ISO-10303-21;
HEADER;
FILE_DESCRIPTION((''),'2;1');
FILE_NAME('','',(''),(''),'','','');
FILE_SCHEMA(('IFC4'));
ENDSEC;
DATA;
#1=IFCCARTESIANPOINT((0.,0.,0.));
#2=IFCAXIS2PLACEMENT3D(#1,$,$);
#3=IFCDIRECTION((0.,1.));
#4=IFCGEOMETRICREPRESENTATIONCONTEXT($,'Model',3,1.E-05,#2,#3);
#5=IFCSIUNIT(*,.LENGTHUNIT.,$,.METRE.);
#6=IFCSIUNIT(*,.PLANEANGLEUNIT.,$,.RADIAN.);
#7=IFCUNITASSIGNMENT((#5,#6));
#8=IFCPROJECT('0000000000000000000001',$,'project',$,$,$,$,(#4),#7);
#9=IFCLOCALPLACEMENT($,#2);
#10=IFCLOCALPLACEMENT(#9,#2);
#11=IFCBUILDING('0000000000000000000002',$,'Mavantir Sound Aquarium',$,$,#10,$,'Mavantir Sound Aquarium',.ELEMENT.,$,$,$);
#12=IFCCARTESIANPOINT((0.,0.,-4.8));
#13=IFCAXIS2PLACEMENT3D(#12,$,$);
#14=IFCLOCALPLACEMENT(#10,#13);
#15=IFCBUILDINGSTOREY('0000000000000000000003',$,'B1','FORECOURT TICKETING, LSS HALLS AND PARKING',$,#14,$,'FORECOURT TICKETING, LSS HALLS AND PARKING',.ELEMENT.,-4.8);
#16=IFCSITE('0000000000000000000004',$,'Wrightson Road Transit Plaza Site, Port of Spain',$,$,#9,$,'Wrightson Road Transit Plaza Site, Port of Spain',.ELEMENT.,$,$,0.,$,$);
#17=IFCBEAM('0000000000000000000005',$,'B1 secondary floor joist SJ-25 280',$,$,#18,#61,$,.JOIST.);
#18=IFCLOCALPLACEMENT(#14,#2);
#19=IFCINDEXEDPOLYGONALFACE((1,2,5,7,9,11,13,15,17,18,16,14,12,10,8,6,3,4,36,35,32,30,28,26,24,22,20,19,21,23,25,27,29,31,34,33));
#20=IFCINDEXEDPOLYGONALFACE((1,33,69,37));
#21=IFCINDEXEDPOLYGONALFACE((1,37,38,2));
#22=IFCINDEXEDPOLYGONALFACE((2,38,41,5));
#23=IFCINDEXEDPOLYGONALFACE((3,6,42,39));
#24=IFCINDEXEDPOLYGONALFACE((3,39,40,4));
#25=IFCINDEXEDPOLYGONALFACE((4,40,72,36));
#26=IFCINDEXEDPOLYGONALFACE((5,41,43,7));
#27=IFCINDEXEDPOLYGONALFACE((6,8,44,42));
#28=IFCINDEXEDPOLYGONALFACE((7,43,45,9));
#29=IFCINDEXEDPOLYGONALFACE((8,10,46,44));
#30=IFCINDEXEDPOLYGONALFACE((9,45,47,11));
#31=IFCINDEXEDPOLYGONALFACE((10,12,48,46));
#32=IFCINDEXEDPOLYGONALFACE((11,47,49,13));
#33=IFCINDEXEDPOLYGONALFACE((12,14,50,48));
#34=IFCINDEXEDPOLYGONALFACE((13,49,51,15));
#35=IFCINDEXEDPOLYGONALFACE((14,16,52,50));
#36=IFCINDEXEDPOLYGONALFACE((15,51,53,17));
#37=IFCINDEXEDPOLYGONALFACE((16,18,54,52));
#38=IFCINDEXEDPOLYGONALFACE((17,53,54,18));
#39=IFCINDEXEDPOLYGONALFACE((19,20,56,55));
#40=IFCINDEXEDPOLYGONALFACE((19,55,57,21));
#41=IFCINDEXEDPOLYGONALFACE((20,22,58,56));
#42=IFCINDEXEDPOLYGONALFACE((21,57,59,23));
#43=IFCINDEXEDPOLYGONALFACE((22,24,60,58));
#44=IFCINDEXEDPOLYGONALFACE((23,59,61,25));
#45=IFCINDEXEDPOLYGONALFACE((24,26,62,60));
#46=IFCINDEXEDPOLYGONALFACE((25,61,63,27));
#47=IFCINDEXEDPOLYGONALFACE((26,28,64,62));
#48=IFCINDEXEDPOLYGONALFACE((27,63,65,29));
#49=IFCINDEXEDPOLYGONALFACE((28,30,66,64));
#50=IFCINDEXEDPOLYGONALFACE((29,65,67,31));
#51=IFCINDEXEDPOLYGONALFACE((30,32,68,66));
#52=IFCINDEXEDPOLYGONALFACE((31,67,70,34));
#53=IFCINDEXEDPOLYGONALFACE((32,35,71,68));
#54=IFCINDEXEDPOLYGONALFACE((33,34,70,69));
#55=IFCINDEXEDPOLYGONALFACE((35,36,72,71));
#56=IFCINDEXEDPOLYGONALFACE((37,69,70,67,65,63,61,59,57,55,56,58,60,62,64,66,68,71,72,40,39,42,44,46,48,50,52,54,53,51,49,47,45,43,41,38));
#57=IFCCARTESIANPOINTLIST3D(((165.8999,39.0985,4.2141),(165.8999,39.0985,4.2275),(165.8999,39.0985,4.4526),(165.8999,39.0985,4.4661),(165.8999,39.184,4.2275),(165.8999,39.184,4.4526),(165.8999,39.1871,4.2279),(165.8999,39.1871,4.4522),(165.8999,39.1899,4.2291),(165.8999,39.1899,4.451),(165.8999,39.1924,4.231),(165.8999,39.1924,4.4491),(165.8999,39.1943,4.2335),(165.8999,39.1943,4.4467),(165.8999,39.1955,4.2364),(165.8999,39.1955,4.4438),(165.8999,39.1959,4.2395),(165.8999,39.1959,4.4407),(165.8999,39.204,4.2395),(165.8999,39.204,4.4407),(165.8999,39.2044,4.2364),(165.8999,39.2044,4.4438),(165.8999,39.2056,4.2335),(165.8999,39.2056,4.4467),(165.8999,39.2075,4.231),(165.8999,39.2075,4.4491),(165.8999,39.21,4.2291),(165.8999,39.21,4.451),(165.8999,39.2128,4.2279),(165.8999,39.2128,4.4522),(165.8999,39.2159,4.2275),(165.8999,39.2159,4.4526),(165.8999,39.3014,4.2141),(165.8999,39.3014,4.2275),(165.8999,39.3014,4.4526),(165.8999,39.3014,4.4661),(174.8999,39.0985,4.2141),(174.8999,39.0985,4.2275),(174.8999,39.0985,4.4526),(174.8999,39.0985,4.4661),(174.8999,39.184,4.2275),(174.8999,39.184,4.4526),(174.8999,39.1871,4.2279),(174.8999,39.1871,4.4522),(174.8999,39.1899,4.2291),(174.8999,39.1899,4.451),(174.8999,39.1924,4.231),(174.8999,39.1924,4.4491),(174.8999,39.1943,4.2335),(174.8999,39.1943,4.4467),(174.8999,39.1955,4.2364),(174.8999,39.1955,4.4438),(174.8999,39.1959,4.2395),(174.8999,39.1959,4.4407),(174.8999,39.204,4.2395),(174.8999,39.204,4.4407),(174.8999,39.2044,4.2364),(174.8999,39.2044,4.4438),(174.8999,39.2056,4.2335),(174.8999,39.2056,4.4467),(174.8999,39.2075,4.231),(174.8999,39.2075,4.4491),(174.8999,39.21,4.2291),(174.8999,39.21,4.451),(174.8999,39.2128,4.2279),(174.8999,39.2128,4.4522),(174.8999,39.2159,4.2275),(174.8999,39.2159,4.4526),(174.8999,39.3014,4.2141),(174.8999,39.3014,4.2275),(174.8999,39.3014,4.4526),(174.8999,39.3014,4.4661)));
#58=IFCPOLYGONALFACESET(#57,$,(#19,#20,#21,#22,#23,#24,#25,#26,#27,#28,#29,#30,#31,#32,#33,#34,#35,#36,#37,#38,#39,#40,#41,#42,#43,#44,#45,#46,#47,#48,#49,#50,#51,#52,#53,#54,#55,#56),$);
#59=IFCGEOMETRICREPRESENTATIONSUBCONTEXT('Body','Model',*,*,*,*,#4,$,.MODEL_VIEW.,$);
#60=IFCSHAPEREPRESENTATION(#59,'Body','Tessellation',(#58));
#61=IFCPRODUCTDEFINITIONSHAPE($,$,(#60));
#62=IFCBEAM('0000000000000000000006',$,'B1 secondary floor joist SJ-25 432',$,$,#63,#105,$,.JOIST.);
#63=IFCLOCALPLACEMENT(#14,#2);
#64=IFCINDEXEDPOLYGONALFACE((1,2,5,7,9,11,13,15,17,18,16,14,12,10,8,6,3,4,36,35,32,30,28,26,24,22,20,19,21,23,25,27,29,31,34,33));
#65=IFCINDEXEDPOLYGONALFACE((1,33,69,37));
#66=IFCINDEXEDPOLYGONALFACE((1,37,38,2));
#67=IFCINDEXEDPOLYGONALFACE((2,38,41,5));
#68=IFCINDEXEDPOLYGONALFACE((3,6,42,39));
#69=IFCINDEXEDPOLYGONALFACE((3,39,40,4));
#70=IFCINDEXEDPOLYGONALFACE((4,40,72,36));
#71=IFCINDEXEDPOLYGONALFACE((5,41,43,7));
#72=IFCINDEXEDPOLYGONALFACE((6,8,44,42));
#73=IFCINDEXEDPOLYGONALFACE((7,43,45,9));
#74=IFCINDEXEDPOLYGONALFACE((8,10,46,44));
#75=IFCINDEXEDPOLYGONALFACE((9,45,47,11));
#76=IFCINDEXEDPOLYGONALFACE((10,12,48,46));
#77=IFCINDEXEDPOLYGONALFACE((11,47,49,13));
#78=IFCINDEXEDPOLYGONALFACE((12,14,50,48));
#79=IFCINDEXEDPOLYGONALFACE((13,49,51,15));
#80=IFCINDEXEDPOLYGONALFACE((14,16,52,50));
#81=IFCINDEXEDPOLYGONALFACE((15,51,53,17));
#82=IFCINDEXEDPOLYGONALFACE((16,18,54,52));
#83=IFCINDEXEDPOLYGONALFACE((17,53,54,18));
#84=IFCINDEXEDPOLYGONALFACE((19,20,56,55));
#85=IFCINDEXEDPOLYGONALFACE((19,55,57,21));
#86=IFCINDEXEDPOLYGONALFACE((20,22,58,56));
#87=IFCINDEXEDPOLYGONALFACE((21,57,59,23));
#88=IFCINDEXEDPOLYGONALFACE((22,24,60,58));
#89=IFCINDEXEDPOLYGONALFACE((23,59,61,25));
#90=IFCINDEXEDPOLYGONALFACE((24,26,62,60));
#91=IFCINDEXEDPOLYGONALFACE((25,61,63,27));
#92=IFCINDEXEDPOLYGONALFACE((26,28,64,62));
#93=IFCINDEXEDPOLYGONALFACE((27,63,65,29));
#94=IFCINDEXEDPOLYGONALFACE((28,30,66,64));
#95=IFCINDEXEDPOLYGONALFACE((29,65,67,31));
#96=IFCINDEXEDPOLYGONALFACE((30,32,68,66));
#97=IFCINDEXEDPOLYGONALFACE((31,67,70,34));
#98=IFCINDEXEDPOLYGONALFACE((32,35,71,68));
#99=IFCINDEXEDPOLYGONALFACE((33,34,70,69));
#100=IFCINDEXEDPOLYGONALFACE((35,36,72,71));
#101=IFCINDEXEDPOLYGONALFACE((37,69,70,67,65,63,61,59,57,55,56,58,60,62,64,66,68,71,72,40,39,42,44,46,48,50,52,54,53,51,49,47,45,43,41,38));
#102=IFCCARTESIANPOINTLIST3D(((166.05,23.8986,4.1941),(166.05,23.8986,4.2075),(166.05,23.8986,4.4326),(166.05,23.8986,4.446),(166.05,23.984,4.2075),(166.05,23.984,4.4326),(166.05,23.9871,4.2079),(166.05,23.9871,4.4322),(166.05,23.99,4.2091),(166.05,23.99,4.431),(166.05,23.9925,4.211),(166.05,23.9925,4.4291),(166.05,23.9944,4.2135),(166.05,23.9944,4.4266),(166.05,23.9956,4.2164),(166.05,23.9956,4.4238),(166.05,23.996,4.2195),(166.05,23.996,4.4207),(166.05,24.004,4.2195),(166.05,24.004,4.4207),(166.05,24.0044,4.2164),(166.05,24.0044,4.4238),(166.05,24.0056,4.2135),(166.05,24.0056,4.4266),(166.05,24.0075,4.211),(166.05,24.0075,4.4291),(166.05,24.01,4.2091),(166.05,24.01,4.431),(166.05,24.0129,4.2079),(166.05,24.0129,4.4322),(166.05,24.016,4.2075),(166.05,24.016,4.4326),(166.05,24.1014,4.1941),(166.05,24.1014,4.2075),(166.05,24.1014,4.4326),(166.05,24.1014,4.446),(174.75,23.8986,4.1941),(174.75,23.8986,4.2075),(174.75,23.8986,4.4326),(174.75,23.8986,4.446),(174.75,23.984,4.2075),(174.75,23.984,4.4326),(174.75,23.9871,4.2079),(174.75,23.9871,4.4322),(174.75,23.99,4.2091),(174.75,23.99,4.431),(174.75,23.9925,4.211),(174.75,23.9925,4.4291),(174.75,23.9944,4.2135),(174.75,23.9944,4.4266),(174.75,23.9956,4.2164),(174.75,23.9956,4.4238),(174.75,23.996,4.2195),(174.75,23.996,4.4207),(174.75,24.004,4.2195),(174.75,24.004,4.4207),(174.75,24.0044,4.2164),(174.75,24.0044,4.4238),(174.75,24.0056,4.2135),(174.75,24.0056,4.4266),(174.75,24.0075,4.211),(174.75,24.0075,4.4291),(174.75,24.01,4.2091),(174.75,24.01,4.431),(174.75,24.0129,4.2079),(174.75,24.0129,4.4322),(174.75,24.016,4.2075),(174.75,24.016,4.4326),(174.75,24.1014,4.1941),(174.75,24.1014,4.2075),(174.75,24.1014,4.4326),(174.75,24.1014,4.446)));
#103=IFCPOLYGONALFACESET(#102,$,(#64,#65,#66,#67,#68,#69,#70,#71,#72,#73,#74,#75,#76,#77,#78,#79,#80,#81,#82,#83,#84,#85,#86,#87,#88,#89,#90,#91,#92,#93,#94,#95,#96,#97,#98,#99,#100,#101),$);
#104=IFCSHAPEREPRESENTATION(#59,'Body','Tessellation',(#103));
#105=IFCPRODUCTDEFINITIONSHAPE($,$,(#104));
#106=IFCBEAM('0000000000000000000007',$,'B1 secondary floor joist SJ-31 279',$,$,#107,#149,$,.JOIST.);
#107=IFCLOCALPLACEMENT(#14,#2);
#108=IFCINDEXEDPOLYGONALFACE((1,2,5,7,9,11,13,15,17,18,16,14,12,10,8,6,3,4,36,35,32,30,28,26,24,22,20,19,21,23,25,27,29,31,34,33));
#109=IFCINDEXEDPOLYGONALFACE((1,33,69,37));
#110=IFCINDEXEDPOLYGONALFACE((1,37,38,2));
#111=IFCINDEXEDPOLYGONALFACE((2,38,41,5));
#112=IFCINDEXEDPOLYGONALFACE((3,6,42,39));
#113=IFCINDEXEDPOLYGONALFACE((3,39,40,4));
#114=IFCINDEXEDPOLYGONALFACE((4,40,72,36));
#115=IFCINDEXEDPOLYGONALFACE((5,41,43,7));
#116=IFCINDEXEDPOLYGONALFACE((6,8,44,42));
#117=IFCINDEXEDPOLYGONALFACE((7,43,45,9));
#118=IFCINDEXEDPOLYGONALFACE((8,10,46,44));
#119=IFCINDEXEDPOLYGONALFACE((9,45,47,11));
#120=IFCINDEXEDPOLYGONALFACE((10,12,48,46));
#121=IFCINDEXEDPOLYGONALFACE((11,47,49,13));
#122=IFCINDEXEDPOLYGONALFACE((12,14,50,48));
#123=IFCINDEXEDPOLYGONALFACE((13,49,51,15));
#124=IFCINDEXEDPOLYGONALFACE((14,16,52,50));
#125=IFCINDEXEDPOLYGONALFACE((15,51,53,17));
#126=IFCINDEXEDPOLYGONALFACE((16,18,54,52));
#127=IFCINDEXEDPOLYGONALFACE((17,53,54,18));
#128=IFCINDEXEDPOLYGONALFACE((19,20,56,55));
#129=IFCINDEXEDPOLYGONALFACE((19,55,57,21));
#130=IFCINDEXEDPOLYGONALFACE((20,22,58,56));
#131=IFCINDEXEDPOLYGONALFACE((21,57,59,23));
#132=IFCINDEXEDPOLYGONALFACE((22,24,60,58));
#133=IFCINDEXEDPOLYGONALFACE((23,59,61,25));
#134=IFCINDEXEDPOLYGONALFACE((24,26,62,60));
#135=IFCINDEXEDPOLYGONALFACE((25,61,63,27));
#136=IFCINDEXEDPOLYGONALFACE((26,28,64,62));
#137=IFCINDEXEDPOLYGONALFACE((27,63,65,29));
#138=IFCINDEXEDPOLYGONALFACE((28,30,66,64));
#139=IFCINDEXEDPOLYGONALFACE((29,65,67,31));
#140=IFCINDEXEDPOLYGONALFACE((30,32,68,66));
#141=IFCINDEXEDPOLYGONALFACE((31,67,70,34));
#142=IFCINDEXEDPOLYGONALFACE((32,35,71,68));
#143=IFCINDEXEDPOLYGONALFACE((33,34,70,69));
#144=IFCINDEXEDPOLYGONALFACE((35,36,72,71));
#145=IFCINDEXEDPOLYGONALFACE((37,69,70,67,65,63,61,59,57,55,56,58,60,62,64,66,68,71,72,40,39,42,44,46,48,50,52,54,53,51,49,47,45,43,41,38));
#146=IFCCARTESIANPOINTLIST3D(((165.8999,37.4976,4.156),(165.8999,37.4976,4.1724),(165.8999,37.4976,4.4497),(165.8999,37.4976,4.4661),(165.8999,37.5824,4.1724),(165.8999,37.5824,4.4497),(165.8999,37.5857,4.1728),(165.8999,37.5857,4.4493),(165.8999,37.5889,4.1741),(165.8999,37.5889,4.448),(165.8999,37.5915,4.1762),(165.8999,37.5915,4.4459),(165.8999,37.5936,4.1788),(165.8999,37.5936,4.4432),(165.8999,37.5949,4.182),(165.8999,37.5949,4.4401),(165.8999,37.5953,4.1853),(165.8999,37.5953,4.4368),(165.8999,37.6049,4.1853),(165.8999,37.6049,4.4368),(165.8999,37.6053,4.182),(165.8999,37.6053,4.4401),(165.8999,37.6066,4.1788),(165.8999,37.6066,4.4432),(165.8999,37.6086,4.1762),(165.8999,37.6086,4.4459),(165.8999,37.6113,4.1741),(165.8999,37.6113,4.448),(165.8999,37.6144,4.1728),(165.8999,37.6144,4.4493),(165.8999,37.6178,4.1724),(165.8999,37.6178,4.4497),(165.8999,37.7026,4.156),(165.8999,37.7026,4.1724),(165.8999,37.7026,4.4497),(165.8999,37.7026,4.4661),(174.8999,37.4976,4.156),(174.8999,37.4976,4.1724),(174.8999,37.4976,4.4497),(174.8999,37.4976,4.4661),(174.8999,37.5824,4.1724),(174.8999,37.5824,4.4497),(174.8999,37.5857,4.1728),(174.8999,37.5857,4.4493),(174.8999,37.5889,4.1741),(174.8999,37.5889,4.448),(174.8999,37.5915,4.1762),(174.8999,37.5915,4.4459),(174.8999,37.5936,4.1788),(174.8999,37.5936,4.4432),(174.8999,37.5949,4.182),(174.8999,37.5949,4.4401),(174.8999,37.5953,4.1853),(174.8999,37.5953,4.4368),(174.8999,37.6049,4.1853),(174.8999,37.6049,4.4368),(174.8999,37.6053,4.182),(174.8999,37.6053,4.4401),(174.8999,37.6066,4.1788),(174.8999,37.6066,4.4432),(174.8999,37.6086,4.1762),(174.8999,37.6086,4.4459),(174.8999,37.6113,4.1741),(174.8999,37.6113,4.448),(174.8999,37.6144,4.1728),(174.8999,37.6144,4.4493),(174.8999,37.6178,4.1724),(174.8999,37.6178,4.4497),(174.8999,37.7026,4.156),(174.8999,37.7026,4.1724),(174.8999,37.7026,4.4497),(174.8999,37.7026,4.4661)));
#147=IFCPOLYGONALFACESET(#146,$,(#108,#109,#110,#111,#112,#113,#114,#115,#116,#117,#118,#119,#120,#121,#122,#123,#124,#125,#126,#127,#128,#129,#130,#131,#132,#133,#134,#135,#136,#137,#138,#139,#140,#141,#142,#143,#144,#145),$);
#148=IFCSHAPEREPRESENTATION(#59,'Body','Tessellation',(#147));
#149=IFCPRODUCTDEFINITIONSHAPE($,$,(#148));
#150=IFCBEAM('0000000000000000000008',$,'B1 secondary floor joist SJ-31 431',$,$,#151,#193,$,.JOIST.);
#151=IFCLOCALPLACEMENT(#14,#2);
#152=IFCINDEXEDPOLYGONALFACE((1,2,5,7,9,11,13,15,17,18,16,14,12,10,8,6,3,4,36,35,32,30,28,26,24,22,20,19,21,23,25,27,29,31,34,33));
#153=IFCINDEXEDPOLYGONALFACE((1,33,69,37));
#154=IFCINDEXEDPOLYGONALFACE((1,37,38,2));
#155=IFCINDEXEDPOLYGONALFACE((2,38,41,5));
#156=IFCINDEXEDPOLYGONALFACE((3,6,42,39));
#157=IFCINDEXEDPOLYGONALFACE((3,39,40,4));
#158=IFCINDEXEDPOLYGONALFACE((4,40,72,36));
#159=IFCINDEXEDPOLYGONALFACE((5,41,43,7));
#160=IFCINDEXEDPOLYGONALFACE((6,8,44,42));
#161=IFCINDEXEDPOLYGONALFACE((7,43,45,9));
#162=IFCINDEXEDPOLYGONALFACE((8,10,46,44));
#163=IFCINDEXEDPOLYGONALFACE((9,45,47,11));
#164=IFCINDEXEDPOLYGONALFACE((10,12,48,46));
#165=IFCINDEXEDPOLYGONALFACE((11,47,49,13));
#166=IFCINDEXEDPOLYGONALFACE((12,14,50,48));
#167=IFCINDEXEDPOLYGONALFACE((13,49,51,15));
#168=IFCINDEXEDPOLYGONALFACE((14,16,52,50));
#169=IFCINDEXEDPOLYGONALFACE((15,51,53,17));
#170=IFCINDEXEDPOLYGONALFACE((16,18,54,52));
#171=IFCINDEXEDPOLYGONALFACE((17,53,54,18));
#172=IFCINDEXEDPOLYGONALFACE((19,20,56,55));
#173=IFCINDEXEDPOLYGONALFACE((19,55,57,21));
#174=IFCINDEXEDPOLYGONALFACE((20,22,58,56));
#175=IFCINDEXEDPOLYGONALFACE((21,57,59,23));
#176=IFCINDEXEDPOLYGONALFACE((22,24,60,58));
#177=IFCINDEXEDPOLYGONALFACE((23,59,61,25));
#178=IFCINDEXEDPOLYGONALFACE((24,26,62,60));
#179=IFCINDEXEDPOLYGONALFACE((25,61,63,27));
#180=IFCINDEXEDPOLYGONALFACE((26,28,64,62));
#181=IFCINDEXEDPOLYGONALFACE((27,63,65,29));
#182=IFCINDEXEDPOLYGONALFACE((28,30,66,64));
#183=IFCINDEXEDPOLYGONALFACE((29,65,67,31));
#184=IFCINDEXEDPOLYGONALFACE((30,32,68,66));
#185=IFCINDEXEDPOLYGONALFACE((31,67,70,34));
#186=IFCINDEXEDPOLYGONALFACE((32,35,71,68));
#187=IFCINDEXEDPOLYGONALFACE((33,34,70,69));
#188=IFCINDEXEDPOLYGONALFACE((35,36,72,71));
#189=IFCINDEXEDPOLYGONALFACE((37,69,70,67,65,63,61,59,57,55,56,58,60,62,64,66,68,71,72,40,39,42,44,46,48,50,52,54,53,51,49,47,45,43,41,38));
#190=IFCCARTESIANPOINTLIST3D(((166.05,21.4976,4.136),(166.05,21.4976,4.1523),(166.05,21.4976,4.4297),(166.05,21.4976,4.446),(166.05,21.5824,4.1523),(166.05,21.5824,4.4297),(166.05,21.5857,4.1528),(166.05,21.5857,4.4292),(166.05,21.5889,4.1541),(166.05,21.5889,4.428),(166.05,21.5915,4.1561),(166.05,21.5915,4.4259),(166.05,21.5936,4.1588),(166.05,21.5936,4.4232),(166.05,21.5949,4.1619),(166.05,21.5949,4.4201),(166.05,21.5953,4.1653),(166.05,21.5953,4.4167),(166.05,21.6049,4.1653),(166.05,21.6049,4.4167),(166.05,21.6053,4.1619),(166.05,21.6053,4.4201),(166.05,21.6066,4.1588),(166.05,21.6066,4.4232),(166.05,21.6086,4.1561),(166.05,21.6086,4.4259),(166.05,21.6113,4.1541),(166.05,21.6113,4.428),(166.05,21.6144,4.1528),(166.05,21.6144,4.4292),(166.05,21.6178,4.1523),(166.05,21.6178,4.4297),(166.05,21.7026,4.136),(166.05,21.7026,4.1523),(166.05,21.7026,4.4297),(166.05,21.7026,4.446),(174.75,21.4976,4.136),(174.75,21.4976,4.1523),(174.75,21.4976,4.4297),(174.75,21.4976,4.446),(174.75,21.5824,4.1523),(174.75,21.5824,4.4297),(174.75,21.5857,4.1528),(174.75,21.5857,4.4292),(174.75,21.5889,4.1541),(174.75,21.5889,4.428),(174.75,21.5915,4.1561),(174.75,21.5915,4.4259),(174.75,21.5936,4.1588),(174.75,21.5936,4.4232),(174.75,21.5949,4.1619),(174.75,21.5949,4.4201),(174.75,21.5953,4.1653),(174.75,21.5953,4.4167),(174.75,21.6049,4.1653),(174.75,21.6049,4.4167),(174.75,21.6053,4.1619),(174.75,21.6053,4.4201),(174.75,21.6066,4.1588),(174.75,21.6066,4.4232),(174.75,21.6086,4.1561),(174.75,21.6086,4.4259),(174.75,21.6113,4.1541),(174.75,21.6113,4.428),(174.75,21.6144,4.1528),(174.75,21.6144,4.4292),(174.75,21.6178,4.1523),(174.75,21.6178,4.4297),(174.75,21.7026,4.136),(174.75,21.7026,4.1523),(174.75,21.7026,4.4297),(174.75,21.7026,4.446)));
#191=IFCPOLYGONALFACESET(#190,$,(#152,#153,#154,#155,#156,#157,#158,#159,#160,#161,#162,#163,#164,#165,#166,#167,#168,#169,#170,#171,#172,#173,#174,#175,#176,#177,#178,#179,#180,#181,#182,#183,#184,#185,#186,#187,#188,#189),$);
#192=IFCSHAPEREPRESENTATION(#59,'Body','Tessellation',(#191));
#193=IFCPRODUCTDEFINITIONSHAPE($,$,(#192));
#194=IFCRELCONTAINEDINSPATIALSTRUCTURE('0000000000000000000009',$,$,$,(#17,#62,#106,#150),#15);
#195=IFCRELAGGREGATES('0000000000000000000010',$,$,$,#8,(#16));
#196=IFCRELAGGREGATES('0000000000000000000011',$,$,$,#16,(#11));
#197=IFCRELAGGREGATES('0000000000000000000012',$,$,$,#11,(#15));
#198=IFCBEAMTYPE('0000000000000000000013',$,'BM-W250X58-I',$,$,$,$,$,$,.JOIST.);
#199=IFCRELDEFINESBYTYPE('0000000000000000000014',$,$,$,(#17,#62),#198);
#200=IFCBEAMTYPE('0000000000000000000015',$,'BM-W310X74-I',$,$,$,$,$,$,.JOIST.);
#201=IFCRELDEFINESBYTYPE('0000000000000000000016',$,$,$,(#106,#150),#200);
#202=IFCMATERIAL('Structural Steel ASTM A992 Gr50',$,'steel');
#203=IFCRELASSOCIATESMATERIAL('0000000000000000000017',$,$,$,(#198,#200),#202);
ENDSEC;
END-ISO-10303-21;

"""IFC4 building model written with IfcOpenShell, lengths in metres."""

from ifc_helpers import new_model, si_unit, direction, frame, origin, origin_2d, place, context, subcontext, project, spatial, i_section, extrude, material, material_profile, profile_set, type_object, element, save


model = new_model("IFC4")

# Units and contexts
model_context = context("Model", 3, precision=1e-05, world=origin(), true_north=direction((0.0, 1.0)))
body_context = subcontext(model_context, "Body", "Model", "MODEL_VIEW")
ifc_project = project(units=[si_unit("LENGTHUNIT", "METRE"), si_unit("PLANEANGLEUNIT", "RADIAN")], contexts=[model_context])

# Site, building, storey
site_placement = place(None, origin())
site = spatial("IfcSite", under=ifc_project, at=site_placement, Name="Wrightson Road Transit Plaza Site, Port of Spain", LongName="Wrightson Road Transit Plaza Site, Port of Spain", CompositionType="ELEMENT", RefElevation=0.0)
building_placement = place(site_placement, origin())
building = spatial("IfcBuilding", under=site, at=building_placement, Name="Mavantir Sound Aquarium", LongName="Mavantir Sound Aquarium", CompositionType="ELEMENT")
storey_placement = place(building_placement, frame((0.0, 0.0, -4.8)))
storey = spatial("IfcBuildingStorey", under=building, at=storey_placement, Name="B1", Description="FORECOURT TICKETING, LSS HALLS AND PARKING", LongName="FORECOURT TICKETING, LSS HALLS AND PARKING", CompositionType="ELEMENT", Elevation=-4.8)

# Beams
ifc_material_1 = material(Name="Structural Steel ASTM A992 Gr50", Category="steel")
ifc_material_profile_1 = material_profile(ifc_material_1, i_section(OverallWidth=0.2029, OverallDepth=0.252, WebThickness=0.0081, FlangeThickness=0.0134, FilletRadius=0.012, at=origin_2d()), Name="W250X58")
ifc_profile_set_1 = profile_set([ifc_material_profile_1], Name="Structural Steel ASTM A992 Gr50")
beam_type_1 = type_object("IfcBeamType", Name="BM-W250X58-I", PredefinedType="JOIST", material=ifc_profile_set_1)
beam_1_placement = place(storey_placement, frame((165.8999, 39.2, 4.3401), z_axis=(1.0, 0.0, 0.0), x_axis=(0.0, 1.0, 0.0)))
element("IfcBeam", 1, at=beam_1_placement, inside=storey, type_object=beam_type_1, Name="B1 secondary floor joist SJ-25 280", PredefinedType="JOIST", context=body_context, shape_type="SweptSolid", body=[
    extrude(i_section(OverallWidth=0.2029, OverallDepth=0.252, WebThickness=0.0081, FlangeThickness=0.0134, FilletRadius=0.012, at=origin_2d()), origin(), (0.0, 0.0, 1.0), 9.0),
])
beam_2_placement = place(storey_placement, frame((166.05, 24.0, 4.3201), z_axis=(1.0, 0.0, 0.0), x_axis=(0.0, 1.0, 0.0)))
element("IfcBeam", 2, at=beam_2_placement, inside=storey, type_object=beam_type_1, Name="B1 secondary floor joist SJ-25 432", PredefinedType="JOIST", context=body_context, shape_type="SweptSolid", body=[
    extrude(i_section(OverallWidth=0.2029, OverallDepth=0.252, WebThickness=0.0081, FlangeThickness=0.0134, FilletRadius=0.012, at=origin_2d()), origin(), (0.0, 0.0, 1.0), 8.7),
])
ifc_material_profile_2 = material_profile(ifc_material_1, i_section(OverallWidth=0.2051, OverallDepth=0.3101, WebThickness=0.0095, FlangeThickness=0.0164, FilletRadius=0.0129, at=origin_2d()), Name="W310X74")
ifc_profile_set_2 = profile_set([ifc_material_profile_2], Name="Structural Steel ASTM A992 Gr50")
beam_type_2 = type_object("IfcBeamType", Name="BM-W310X74-I", PredefinedType="JOIST", material=ifc_profile_set_2)
beam_3_placement = place(storey_placement, frame((165.8999, 37.6001, 4.311), z_axis=(1.0, 0.0, 0.0), x_axis=(0.0, 1.0, 0.0)))
element("IfcBeam", 3, at=beam_3_placement, inside=storey, type_object=beam_type_2, Name="B1 secondary floor joist SJ-31 279", PredefinedType="JOIST", context=body_context, shape_type="SweptSolid", body=[
    extrude(i_section(OverallWidth=0.2051, OverallDepth=0.3101, WebThickness=0.0095, FlangeThickness=0.0164, FilletRadius=0.0129, at=origin_2d()), origin(), (0.0, 0.0, 1.0), 9.0),
])
beam_4_placement = place(storey_placement, frame((166.05, 21.6001, 4.291), z_axis=(1.0, 0.0, 0.0), x_axis=(0.0, 1.0, 0.0)))
element("IfcBeam", 4, at=beam_4_placement, inside=storey, type_object=beam_type_2, Name="B1 secondary floor joist SJ-31 431", PredefinedType="JOIST", context=body_context, shape_type="SweptSolid", body=[
    extrude(i_section(OverallWidth=0.2051, OverallDepth=0.3101, WebThickness=0.0095, FlangeThickness=0.0164, FilletRadius=0.0129, at=origin_2d()), origin(), (0.0, 0.0, 1.0), 8.7),
])

save(model, "model.ifc")
